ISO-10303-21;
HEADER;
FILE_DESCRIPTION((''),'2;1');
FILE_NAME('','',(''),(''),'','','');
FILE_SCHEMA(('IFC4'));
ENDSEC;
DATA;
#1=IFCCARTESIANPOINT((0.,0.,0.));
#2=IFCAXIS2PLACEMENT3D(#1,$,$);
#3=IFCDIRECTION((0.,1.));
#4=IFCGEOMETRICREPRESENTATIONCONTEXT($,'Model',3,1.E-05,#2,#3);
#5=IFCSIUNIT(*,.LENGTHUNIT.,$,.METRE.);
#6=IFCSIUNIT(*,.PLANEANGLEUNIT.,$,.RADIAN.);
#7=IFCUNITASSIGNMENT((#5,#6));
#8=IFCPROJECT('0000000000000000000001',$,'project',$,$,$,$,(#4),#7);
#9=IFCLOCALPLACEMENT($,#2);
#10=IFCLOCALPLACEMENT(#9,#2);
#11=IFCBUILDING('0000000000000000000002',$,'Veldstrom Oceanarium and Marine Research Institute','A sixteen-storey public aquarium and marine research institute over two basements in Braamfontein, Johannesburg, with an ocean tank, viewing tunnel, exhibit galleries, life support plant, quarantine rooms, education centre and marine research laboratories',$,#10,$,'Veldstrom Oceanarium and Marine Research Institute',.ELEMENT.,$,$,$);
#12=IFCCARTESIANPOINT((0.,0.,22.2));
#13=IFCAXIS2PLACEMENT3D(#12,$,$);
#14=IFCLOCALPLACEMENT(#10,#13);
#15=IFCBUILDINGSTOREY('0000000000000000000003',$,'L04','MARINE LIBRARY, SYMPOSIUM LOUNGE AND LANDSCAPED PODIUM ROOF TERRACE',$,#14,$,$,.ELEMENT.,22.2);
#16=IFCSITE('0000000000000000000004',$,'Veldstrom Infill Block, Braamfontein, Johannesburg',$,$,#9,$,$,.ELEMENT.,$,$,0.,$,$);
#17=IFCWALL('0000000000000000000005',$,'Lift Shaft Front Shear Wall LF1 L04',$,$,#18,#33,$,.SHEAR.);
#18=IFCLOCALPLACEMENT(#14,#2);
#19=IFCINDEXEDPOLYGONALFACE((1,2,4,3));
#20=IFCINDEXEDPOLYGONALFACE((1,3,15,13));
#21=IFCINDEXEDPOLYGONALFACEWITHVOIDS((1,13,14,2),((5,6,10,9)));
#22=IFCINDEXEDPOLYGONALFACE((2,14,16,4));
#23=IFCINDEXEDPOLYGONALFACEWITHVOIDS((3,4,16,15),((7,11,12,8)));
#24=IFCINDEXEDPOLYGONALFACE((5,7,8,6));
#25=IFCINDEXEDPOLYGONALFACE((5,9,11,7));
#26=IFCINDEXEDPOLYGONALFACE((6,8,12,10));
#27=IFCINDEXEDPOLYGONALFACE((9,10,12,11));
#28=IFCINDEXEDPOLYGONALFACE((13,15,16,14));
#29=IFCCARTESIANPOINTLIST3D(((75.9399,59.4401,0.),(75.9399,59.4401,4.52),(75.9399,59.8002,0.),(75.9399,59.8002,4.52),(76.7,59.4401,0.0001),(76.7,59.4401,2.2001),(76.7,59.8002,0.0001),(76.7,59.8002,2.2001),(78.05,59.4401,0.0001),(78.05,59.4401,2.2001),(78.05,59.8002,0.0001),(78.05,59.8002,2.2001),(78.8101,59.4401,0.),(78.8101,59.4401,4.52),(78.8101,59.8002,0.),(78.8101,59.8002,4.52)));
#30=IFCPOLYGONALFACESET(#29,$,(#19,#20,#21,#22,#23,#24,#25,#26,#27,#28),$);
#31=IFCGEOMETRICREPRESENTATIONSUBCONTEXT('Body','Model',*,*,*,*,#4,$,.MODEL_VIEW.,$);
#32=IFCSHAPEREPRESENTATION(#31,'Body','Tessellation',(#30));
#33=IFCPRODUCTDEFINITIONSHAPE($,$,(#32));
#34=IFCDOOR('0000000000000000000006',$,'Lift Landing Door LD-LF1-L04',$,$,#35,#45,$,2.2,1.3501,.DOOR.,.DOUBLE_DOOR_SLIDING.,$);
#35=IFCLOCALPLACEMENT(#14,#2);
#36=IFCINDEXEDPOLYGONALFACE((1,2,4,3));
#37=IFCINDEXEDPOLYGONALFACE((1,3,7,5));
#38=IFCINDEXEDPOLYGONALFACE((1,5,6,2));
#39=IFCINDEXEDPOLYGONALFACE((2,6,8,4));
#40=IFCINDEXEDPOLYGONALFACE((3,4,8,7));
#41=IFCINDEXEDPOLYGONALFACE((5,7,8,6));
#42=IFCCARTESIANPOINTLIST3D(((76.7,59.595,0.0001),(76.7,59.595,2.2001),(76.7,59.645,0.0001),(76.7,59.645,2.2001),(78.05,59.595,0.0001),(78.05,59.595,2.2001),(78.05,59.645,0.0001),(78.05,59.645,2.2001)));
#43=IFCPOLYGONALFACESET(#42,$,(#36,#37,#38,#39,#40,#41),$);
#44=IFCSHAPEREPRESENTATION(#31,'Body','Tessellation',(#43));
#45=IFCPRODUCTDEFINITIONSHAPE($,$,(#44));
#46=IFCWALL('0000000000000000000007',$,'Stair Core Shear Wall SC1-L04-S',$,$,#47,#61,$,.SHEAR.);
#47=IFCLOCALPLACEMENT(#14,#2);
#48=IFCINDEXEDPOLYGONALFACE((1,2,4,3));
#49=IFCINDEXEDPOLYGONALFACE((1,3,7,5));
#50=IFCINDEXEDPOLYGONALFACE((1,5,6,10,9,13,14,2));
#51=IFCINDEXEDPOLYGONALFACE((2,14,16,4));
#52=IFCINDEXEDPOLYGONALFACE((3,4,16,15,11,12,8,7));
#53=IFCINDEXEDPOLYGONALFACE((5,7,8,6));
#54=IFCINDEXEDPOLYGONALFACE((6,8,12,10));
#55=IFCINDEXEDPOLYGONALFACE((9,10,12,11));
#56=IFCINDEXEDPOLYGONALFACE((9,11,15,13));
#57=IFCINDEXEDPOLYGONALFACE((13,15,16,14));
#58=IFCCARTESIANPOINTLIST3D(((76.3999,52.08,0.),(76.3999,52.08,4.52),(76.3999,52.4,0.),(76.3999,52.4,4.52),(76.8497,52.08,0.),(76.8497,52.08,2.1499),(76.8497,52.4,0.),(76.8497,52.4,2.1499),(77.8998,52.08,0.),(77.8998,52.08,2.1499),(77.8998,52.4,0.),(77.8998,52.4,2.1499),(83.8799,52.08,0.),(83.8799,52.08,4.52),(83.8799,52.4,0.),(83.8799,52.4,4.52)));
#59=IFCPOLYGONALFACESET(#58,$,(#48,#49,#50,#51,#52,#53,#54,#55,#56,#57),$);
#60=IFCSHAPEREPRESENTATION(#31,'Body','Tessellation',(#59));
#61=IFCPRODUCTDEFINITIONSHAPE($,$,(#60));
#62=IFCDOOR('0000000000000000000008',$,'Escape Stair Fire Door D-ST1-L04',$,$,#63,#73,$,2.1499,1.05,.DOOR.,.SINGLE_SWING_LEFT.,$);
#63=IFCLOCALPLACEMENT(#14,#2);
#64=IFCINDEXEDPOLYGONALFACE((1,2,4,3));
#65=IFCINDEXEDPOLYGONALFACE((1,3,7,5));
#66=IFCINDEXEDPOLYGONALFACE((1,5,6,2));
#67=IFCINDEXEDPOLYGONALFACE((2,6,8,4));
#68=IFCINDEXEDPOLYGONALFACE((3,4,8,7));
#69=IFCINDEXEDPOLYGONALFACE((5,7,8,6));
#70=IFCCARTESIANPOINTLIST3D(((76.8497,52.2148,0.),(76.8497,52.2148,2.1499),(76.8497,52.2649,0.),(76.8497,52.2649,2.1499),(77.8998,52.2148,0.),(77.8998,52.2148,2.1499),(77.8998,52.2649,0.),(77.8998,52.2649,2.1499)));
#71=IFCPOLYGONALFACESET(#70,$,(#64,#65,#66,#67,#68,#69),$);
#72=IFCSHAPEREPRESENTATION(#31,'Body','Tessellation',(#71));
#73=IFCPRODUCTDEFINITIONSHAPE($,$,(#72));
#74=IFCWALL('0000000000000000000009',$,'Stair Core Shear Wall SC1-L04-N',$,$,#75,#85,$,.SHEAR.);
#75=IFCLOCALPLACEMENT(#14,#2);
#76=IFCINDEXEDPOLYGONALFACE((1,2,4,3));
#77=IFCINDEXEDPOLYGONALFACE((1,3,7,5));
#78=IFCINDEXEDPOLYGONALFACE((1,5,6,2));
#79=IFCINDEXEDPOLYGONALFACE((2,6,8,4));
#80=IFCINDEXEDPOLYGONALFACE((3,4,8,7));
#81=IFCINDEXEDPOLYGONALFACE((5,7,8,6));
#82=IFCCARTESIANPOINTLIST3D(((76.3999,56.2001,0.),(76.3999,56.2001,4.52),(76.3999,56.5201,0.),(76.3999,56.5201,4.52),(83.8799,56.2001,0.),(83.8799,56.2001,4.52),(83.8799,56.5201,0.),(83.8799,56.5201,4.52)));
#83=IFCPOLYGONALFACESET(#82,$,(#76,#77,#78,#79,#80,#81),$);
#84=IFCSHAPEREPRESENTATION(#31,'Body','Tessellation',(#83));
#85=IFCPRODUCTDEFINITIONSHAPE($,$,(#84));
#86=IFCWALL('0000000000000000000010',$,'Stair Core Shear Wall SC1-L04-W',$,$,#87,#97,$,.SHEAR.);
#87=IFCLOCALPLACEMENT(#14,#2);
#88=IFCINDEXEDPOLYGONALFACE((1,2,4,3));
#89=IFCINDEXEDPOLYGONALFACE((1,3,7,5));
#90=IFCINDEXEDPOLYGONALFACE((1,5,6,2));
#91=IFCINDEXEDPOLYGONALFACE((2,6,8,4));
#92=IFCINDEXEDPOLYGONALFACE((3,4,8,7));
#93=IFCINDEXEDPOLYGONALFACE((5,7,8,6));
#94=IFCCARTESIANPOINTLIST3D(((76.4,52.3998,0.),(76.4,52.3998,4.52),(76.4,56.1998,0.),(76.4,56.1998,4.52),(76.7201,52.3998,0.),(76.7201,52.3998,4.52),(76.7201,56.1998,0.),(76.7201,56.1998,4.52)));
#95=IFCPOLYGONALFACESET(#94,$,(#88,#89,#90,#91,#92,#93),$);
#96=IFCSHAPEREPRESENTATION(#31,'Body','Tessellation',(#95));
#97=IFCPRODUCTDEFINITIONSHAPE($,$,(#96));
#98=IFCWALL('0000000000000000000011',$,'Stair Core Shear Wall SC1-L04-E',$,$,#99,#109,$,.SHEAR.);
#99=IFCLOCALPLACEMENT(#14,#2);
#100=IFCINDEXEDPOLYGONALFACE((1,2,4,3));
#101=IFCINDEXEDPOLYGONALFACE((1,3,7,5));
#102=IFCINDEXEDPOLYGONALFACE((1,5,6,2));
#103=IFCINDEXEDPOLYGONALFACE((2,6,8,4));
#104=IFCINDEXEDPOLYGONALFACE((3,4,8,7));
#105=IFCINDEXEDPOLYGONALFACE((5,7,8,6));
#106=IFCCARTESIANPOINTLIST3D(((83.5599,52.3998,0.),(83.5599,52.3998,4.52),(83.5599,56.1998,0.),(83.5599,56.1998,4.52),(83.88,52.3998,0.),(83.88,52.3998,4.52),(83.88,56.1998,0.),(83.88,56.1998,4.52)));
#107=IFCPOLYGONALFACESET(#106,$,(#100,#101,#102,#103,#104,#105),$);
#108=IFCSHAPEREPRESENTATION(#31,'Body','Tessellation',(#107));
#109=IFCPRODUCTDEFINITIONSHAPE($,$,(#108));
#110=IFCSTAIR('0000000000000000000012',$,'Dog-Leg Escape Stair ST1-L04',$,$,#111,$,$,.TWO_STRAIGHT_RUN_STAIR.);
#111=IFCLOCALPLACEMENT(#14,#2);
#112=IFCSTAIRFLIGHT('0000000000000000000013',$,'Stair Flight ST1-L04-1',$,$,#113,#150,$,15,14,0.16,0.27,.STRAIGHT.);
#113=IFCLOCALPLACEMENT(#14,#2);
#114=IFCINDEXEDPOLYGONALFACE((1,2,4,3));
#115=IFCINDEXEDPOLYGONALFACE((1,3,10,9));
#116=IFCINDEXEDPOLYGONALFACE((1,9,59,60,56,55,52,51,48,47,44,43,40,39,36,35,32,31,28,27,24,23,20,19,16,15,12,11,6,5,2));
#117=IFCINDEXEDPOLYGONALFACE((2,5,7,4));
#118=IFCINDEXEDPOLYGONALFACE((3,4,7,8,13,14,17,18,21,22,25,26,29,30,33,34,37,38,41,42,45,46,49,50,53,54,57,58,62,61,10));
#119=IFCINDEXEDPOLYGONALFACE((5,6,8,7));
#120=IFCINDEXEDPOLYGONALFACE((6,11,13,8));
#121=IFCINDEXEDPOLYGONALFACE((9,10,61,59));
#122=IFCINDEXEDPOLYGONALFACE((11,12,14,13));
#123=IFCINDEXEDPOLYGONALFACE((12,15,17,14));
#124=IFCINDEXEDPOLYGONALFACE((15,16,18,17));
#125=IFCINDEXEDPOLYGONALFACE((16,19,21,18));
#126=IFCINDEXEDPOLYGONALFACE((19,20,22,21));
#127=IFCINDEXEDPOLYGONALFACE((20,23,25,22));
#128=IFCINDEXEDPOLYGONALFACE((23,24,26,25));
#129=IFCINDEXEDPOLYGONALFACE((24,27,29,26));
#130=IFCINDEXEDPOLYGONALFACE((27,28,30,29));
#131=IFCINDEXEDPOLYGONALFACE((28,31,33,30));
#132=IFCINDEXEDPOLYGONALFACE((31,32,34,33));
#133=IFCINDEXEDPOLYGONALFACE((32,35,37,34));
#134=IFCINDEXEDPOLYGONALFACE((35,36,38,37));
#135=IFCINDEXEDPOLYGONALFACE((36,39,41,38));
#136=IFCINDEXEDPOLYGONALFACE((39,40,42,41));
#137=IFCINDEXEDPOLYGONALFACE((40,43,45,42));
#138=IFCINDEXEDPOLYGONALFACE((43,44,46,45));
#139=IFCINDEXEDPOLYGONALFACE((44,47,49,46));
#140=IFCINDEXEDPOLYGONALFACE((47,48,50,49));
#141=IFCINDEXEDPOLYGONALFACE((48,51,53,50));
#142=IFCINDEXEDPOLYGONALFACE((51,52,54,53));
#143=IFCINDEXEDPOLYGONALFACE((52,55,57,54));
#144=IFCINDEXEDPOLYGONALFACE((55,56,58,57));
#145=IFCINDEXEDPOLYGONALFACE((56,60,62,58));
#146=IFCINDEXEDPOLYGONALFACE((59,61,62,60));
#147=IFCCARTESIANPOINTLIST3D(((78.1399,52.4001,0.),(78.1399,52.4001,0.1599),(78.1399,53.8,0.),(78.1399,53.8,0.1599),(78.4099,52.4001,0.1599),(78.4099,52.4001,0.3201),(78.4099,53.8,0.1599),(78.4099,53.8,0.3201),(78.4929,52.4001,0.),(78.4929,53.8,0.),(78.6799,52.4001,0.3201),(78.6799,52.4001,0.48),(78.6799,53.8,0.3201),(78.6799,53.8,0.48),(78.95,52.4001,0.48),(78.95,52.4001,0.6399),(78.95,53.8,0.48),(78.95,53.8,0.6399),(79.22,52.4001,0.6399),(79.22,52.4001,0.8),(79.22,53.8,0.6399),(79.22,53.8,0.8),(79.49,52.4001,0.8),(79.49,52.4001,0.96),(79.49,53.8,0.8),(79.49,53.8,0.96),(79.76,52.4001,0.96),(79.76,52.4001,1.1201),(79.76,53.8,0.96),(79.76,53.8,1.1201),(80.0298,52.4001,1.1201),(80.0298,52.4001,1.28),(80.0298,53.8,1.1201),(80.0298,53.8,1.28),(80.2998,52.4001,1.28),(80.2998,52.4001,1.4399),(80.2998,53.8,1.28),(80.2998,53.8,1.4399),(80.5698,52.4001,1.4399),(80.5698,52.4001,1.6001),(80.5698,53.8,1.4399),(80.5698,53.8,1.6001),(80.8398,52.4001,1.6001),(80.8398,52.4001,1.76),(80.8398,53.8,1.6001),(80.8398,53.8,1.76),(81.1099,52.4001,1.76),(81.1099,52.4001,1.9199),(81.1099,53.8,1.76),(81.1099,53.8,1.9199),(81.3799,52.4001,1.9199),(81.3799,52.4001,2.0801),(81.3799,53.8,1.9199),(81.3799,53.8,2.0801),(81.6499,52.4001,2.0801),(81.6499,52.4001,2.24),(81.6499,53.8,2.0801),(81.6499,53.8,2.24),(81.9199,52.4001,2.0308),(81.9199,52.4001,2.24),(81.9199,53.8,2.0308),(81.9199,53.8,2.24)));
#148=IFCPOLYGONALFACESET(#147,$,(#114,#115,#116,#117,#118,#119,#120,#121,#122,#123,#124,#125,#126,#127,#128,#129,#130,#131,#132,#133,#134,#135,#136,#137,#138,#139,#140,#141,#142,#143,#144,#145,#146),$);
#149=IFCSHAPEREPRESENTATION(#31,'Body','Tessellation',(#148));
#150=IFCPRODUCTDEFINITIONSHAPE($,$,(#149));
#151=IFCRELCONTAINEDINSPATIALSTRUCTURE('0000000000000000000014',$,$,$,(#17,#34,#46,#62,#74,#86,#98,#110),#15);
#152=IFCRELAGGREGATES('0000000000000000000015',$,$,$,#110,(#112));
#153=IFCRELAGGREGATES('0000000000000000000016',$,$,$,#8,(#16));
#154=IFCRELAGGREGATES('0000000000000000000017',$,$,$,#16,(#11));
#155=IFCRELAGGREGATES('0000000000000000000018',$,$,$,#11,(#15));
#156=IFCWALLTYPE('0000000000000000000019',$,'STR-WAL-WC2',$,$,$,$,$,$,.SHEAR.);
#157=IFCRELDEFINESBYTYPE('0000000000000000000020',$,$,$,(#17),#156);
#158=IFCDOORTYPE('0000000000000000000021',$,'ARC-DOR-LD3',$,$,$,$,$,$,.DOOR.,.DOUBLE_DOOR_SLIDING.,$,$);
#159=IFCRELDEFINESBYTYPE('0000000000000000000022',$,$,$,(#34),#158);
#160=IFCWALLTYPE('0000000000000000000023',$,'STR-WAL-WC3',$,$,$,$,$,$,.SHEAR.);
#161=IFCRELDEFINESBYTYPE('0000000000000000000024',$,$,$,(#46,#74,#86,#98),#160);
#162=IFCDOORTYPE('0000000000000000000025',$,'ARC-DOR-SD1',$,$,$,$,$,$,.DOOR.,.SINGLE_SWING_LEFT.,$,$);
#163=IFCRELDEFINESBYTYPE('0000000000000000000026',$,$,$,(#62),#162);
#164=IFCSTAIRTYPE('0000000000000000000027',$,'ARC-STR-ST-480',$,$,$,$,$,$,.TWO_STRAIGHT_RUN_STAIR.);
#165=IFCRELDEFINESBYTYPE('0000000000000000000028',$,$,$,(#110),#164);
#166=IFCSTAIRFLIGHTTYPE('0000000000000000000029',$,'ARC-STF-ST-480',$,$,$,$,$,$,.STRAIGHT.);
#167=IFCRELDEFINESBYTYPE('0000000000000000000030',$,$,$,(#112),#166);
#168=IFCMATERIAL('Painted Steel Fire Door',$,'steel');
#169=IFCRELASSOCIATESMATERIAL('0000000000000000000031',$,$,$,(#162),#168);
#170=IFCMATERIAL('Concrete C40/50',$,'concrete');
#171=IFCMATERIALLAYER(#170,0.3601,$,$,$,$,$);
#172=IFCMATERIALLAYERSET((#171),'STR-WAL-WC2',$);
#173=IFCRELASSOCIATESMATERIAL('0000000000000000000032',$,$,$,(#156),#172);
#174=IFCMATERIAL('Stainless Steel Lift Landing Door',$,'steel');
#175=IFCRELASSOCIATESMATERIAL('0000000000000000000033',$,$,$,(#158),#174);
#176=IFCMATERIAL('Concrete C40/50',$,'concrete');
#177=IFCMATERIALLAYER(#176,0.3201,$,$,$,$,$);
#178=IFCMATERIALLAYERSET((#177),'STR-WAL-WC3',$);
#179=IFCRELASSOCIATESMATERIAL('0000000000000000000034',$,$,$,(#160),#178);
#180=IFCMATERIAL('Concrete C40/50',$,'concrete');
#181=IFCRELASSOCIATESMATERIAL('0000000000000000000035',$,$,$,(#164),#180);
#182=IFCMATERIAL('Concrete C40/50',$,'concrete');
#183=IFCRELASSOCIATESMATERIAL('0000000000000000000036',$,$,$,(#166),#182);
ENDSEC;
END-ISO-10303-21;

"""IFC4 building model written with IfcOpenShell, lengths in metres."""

from ifc_helpers import new_model, si_unit, direction, frame, frame_2d, origin, place, context, subcontext, project, spatial, polyline, rectangle, outline, extrude, material, layer, layer_set, type_object, element, fill, aggregate, save


model = new_model("IFC4")

# Units and contexts
model_context = context("Model", 3, precision=1e-05, world=origin(), true_north=direction((0.0, 1.0)))
body_context = subcontext(model_context, "Body", "Model", "MODEL_VIEW")
ifc_project = project(units=[si_unit("LENGTHUNIT", "METRE"), si_unit("PLANEANGLEUNIT", "RADIAN")], contexts=[model_context])

# Site, building, storey
site_placement = place(None, origin())
site = spatial("IfcSite", under=ifc_project, at=site_placement, Name="Veldstrom Infill Block, Braamfontein, Johannesburg", CompositionType="ELEMENT", RefElevation=0.0)
building_placement = place(site_placement, origin())
building = spatial("IfcBuilding", under=site, at=building_placement, Name="Veldstrom Oceanarium and Marine Research Institute", Description="A sixteen-storey public aquarium and marine research institute over two basements in Braamfontein, Johannesburg, with an ocean tank, viewing tunnel, exhibit galleries, life support plant, quarantine rooms, education centre and marine research laboratories", LongName="Veldstrom Oceanarium and Marine Research Institute", CompositionType="ELEMENT")
storey_placement = place(building_placement, frame((0.0, 0.0, 22.2)))
storey = spatial("IfcBuildingStorey", under=building, at=storey_placement, Name="L04", Description="MARINE LIBRARY, SYMPOSIUM LOUNGE AND LANDSCAPED PODIUM ROOF TERRACE", CompositionType="ELEMENT", Elevation=22.2)

# Shared definitions
ifc_material_1 = material(Name="Painted Steel Fire Door", Category="steel")
door_type_1 = type_object("IfcDoorType", Name="ARC-DOR-SD1", OperationType="SINGLE_SWING_LEFT", PredefinedType="DOOR", material=ifc_material_1)

# Walls, openings, doors
ifc_material_2 = material(Name="Concrete C40/50", Category="concrete")
ifc_layer_1 = layer(ifc_material_2, 0.3601)
ifc_layer_set_1 = layer_set([ifc_layer_1], Name="STR-WAL-WC2")
wall_type_1 = type_object("IfcWallType", Name="STR-WAL-WC2", PredefinedType="SHEAR", material=ifc_layer_set_1)
wall_1_placement = place(storey_placement, frame((75.9399, 59.6201, 0.0), z_axis=(0.0, 0.0, 1.0), x_axis=(1.0, 0.0, 0.0)))
wall_1 = element("IfcWall", 1, at=wall_1_placement, inside=storey, type_object=wall_type_1, Name="Lift Shaft Front Shear Wall LF1 L04", PredefinedType="SHEAR", context=body_context, shape_type="SweptSolid", body=[
    extrude(rectangle(XDim=2.8701, YDim=0.3601, at=frame_2d((1.4351, 0.0))), origin(), (0.0, 0.0, 1.0), 4.52),
])
opening_1_placement = place(wall_1_placement, frame((0.76, 0.0, 0.0)))
opening_1 = element("IfcOpeningElement", 2, at=opening_1_placement, cuts=wall_1, PredefinedType="OPENING", context=body_context, shape_type="SweptSolid", body=[
    extrude(rectangle(XDim=1.3501, YDim=2.2, at=frame_2d((0.675, 1.1001))), frame((0.0, 0.1899, 0.0), z_axis=(0.0, -1.0, 0.0), x_axis=(1.0, 0.0, 0.0)), (0.0, 0.0, 1.0), 0.3801),
])
ifc_material_3 = material(Name="Stainless Steel Lift Landing Door", Category="steel")
door_type_2 = type_object("IfcDoorType", Name="ARC-DOR-LD3", OperationType="DOUBLE_DOOR_SLIDING", PredefinedType="DOOR", material=ifc_material_3)
door_1_placement = place(opening_1_placement, origin())
door_1 = element("IfcDoor", 3, at=door_1_placement, inside=storey, type_object=door_type_2, Name="Lift Landing Door LD-LF1-L04", OperationType="DOUBLE_DOOR_SLIDING", OverallHeight=2.2, OverallWidth=1.3501, PredefinedType="DOOR", context=body_context, shape_type="SweptSolid", body=[
    extrude(rectangle(XDim=1.3501, YDim=2.2, at=frame_2d((0.675, 1.1001))), frame((0.0, 0.0249, 0.0), z_axis=(0.0, -1.0, 0.0), x_axis=(1.0, 0.0, 0.0)), (0.0, 0.0, 1.0), 0.05),
])
fill(opening_1, door_1)
ifc_material_4 = material(Name="Concrete C40/50", Category="concrete")
ifc_layer_2 = layer(ifc_material_4, 0.3201)
ifc_layer_set_2 = layer_set([ifc_layer_2], Name="STR-WAL-WC3")
wall_type_2 = type_object("IfcWallType", Name="STR-WAL-WC3", PredefinedType="SHEAR", material=ifc_layer_set_2)
wall_2_placement = place(storey_placement, frame((76.3999, 52.24, 0.0), z_axis=(0.0, 0.0, 1.0), x_axis=(1.0, 0.0, 0.0)))
wall_2 = element("IfcWall", 4, at=wall_2_placement, inside=storey, type_object=wall_type_2, Name="Stair Core Shear Wall SC1-L04-S", PredefinedType="SHEAR", context=body_context, shape_type="SweptSolid", body=[
    extrude(rectangle(XDim=7.48, YDim=0.3201, at=frame_2d((3.74, 0.0))), origin(), (0.0, 0.0, 1.0), 4.52),
])
opening_2_placement = place(wall_2_placement, frame((0.45, 0.0, 0.0)))
opening_2 = element("IfcOpeningElement", 5, at=opening_2_placement, cuts=wall_2, PredefinedType="OPENING", context=body_context, shape_type="SweptSolid", body=[
    extrude(rectangle(XDim=1.05, YDim=2.1499, at=frame_2d((0.5249, 1.075))), frame((0.0, 0.1699, 0.0), z_axis=(0.0, -1.0, 0.0), x_axis=(1.0, 0.0, 0.0)), (0.0, 0.0, 1.0), 0.3401),
])
door_2_placement = place(opening_2_placement, origin())
door_2 = element("IfcDoor", 6, at=door_2_placement, inside=storey, type_object=door_type_1, Name="Escape Stair Fire Door D-ST1-L04", OperationType="SINGLE_SWING_LEFT", OverallHeight=2.1499, OverallWidth=1.05, PredefinedType="DOOR", context=body_context, shape_type="SweptSolid", body=[
    extrude(rectangle(XDim=1.05, YDim=2.1499, at=frame_2d((0.5249, 1.075))), frame((0.0, 0.0249, 0.0), z_axis=(0.0, -1.0, 0.0), x_axis=(1.0, 0.0, 0.0)), (0.0, 0.0, 1.0), 0.05),
])
fill(opening_2, door_2)

# Walls
wall_3_placement = place(storey_placement, frame((76.3999, 56.3601, 0.0), z_axis=(0.0, 0.0, 1.0), x_axis=(1.0, 0.0, 0.0)))
element("IfcWall", 7, at=wall_3_placement, inside=storey, type_object=wall_type_2, Name="Stair Core Shear Wall SC1-L04-N", PredefinedType="SHEAR", context=body_context, shape_type="SweptSolid", body=[
    extrude(rectangle(XDim=7.48, YDim=0.3201, at=frame_2d((3.74, 0.0))), origin(), (0.0, 0.0, 1.0), 4.52),
])
for number, where, z_axis, x_axis, name in (
    (8, (76.5601, 52.3999, 0.0), (0.0, 0.0, 1.0), (0.0, 1.0, 0.0), "Stair Core Shear Wall SC1-L04-W"),
    (9, (83.72, 52.3999, 0.0), (0.0, 0.0, 1.0), (0.0, 1.0, 0.0), "Stair Core Shear Wall SC1-L04-E"),
):
    element("IfcWall", number, at=place(storey_placement, frame(where, z_axis=z_axis, x_axis=x_axis)), inside=storey, type_object=wall_type_2, Name=name, PredefinedType="SHEAR", context=body_context, shape_type="SweptSolid", body=[
        extrude(rectangle(XDim=3.8, YDim=0.3201, at=frame_2d((1.8999, 0.0))), origin(), (0.0, 0.0, 1.0), 4.52),
    ])

# Stair, stair flight
ifc_material_5 = material(Name="Concrete C40/50", Category="concrete")
stair_type = type_object("IfcStairType", Name="ARC-STR-ST-480", PredefinedType="TWO_STRAIGHT_RUN_STAIR", material=ifc_material_5)
stair_placement = place(storey_placement, origin())
stair = element("IfcStair", 10, at=stair_placement, inside=storey, type_object=stair_type, Name="Dog-Leg Escape Stair ST1-L04", PredefinedType="TWO_STRAIGHT_RUN_STAIR")
ifc_material_6 = material(Name="Concrete C40/50", Category="concrete")
stair_flight_type = type_object("IfcStairFlightType", Name="ARC-STF-ST-480", PredefinedType="STRAIGHT", material=ifc_material_6)
stair_flight_1_placement = place(storey_placement, frame((78.1399, 53.1001, 0.0), z_axis=(0.0, 0.0, 1.0), x_axis=(1.0, 0.0, 0.0)))
stair_flight_1 = element("IfcStairFlight", 11, at=stair_flight_1_placement, type_object=stair_flight_type, Name="Stair Flight ST1-L04-1", NumberOfRisers=15, NumberOfTreads=14, PredefinedType="STRAIGHT", RiserHeight=0.16, TreadLength=0.27, context=body_context, shape_type="SweptSolid", body=[
    extrude(outline(polyline([(0.0, 0.0), (0.0, 0.1599), (0.27, 0.1599), (0.27, 0.3201), (0.54, 0.3201), (0.54, 0.48), (0.8101, 0.48), (0.8101, 0.6399), (1.0801, 0.6399), (1.0801, 0.8), (1.3501, 0.8), (1.3501, 0.96), (1.6201, 0.96), (1.6201, 1.1201), (1.8899, 1.1201), (1.8899, 1.28), (2.1599, 1.28), (2.1599, 1.4399), (2.4299, 1.4399), (2.4299, 1.6001), (2.7, 1.6001), (2.7, 1.76), (2.97, 1.76), (2.97, 1.9199), (3.24, 1.9199), (3.24, 2.0801), (3.51, 2.0801), (3.51, 2.24), (3.78, 2.24), (3.78, 2.3999), (3.78, 2.0308), (0.353, 0.0), (0.0, 0.0)])), frame((0.0, 0.7, 0.0), z_axis=(0.0, -1.0, 0.0), x_axis=(1.0, 0.0, 0.0)), (0.0, 0.0, 1.0), 1.3999),
])
aggregate(stair, [stair_flight_1])

save(model, "model.ifc")
